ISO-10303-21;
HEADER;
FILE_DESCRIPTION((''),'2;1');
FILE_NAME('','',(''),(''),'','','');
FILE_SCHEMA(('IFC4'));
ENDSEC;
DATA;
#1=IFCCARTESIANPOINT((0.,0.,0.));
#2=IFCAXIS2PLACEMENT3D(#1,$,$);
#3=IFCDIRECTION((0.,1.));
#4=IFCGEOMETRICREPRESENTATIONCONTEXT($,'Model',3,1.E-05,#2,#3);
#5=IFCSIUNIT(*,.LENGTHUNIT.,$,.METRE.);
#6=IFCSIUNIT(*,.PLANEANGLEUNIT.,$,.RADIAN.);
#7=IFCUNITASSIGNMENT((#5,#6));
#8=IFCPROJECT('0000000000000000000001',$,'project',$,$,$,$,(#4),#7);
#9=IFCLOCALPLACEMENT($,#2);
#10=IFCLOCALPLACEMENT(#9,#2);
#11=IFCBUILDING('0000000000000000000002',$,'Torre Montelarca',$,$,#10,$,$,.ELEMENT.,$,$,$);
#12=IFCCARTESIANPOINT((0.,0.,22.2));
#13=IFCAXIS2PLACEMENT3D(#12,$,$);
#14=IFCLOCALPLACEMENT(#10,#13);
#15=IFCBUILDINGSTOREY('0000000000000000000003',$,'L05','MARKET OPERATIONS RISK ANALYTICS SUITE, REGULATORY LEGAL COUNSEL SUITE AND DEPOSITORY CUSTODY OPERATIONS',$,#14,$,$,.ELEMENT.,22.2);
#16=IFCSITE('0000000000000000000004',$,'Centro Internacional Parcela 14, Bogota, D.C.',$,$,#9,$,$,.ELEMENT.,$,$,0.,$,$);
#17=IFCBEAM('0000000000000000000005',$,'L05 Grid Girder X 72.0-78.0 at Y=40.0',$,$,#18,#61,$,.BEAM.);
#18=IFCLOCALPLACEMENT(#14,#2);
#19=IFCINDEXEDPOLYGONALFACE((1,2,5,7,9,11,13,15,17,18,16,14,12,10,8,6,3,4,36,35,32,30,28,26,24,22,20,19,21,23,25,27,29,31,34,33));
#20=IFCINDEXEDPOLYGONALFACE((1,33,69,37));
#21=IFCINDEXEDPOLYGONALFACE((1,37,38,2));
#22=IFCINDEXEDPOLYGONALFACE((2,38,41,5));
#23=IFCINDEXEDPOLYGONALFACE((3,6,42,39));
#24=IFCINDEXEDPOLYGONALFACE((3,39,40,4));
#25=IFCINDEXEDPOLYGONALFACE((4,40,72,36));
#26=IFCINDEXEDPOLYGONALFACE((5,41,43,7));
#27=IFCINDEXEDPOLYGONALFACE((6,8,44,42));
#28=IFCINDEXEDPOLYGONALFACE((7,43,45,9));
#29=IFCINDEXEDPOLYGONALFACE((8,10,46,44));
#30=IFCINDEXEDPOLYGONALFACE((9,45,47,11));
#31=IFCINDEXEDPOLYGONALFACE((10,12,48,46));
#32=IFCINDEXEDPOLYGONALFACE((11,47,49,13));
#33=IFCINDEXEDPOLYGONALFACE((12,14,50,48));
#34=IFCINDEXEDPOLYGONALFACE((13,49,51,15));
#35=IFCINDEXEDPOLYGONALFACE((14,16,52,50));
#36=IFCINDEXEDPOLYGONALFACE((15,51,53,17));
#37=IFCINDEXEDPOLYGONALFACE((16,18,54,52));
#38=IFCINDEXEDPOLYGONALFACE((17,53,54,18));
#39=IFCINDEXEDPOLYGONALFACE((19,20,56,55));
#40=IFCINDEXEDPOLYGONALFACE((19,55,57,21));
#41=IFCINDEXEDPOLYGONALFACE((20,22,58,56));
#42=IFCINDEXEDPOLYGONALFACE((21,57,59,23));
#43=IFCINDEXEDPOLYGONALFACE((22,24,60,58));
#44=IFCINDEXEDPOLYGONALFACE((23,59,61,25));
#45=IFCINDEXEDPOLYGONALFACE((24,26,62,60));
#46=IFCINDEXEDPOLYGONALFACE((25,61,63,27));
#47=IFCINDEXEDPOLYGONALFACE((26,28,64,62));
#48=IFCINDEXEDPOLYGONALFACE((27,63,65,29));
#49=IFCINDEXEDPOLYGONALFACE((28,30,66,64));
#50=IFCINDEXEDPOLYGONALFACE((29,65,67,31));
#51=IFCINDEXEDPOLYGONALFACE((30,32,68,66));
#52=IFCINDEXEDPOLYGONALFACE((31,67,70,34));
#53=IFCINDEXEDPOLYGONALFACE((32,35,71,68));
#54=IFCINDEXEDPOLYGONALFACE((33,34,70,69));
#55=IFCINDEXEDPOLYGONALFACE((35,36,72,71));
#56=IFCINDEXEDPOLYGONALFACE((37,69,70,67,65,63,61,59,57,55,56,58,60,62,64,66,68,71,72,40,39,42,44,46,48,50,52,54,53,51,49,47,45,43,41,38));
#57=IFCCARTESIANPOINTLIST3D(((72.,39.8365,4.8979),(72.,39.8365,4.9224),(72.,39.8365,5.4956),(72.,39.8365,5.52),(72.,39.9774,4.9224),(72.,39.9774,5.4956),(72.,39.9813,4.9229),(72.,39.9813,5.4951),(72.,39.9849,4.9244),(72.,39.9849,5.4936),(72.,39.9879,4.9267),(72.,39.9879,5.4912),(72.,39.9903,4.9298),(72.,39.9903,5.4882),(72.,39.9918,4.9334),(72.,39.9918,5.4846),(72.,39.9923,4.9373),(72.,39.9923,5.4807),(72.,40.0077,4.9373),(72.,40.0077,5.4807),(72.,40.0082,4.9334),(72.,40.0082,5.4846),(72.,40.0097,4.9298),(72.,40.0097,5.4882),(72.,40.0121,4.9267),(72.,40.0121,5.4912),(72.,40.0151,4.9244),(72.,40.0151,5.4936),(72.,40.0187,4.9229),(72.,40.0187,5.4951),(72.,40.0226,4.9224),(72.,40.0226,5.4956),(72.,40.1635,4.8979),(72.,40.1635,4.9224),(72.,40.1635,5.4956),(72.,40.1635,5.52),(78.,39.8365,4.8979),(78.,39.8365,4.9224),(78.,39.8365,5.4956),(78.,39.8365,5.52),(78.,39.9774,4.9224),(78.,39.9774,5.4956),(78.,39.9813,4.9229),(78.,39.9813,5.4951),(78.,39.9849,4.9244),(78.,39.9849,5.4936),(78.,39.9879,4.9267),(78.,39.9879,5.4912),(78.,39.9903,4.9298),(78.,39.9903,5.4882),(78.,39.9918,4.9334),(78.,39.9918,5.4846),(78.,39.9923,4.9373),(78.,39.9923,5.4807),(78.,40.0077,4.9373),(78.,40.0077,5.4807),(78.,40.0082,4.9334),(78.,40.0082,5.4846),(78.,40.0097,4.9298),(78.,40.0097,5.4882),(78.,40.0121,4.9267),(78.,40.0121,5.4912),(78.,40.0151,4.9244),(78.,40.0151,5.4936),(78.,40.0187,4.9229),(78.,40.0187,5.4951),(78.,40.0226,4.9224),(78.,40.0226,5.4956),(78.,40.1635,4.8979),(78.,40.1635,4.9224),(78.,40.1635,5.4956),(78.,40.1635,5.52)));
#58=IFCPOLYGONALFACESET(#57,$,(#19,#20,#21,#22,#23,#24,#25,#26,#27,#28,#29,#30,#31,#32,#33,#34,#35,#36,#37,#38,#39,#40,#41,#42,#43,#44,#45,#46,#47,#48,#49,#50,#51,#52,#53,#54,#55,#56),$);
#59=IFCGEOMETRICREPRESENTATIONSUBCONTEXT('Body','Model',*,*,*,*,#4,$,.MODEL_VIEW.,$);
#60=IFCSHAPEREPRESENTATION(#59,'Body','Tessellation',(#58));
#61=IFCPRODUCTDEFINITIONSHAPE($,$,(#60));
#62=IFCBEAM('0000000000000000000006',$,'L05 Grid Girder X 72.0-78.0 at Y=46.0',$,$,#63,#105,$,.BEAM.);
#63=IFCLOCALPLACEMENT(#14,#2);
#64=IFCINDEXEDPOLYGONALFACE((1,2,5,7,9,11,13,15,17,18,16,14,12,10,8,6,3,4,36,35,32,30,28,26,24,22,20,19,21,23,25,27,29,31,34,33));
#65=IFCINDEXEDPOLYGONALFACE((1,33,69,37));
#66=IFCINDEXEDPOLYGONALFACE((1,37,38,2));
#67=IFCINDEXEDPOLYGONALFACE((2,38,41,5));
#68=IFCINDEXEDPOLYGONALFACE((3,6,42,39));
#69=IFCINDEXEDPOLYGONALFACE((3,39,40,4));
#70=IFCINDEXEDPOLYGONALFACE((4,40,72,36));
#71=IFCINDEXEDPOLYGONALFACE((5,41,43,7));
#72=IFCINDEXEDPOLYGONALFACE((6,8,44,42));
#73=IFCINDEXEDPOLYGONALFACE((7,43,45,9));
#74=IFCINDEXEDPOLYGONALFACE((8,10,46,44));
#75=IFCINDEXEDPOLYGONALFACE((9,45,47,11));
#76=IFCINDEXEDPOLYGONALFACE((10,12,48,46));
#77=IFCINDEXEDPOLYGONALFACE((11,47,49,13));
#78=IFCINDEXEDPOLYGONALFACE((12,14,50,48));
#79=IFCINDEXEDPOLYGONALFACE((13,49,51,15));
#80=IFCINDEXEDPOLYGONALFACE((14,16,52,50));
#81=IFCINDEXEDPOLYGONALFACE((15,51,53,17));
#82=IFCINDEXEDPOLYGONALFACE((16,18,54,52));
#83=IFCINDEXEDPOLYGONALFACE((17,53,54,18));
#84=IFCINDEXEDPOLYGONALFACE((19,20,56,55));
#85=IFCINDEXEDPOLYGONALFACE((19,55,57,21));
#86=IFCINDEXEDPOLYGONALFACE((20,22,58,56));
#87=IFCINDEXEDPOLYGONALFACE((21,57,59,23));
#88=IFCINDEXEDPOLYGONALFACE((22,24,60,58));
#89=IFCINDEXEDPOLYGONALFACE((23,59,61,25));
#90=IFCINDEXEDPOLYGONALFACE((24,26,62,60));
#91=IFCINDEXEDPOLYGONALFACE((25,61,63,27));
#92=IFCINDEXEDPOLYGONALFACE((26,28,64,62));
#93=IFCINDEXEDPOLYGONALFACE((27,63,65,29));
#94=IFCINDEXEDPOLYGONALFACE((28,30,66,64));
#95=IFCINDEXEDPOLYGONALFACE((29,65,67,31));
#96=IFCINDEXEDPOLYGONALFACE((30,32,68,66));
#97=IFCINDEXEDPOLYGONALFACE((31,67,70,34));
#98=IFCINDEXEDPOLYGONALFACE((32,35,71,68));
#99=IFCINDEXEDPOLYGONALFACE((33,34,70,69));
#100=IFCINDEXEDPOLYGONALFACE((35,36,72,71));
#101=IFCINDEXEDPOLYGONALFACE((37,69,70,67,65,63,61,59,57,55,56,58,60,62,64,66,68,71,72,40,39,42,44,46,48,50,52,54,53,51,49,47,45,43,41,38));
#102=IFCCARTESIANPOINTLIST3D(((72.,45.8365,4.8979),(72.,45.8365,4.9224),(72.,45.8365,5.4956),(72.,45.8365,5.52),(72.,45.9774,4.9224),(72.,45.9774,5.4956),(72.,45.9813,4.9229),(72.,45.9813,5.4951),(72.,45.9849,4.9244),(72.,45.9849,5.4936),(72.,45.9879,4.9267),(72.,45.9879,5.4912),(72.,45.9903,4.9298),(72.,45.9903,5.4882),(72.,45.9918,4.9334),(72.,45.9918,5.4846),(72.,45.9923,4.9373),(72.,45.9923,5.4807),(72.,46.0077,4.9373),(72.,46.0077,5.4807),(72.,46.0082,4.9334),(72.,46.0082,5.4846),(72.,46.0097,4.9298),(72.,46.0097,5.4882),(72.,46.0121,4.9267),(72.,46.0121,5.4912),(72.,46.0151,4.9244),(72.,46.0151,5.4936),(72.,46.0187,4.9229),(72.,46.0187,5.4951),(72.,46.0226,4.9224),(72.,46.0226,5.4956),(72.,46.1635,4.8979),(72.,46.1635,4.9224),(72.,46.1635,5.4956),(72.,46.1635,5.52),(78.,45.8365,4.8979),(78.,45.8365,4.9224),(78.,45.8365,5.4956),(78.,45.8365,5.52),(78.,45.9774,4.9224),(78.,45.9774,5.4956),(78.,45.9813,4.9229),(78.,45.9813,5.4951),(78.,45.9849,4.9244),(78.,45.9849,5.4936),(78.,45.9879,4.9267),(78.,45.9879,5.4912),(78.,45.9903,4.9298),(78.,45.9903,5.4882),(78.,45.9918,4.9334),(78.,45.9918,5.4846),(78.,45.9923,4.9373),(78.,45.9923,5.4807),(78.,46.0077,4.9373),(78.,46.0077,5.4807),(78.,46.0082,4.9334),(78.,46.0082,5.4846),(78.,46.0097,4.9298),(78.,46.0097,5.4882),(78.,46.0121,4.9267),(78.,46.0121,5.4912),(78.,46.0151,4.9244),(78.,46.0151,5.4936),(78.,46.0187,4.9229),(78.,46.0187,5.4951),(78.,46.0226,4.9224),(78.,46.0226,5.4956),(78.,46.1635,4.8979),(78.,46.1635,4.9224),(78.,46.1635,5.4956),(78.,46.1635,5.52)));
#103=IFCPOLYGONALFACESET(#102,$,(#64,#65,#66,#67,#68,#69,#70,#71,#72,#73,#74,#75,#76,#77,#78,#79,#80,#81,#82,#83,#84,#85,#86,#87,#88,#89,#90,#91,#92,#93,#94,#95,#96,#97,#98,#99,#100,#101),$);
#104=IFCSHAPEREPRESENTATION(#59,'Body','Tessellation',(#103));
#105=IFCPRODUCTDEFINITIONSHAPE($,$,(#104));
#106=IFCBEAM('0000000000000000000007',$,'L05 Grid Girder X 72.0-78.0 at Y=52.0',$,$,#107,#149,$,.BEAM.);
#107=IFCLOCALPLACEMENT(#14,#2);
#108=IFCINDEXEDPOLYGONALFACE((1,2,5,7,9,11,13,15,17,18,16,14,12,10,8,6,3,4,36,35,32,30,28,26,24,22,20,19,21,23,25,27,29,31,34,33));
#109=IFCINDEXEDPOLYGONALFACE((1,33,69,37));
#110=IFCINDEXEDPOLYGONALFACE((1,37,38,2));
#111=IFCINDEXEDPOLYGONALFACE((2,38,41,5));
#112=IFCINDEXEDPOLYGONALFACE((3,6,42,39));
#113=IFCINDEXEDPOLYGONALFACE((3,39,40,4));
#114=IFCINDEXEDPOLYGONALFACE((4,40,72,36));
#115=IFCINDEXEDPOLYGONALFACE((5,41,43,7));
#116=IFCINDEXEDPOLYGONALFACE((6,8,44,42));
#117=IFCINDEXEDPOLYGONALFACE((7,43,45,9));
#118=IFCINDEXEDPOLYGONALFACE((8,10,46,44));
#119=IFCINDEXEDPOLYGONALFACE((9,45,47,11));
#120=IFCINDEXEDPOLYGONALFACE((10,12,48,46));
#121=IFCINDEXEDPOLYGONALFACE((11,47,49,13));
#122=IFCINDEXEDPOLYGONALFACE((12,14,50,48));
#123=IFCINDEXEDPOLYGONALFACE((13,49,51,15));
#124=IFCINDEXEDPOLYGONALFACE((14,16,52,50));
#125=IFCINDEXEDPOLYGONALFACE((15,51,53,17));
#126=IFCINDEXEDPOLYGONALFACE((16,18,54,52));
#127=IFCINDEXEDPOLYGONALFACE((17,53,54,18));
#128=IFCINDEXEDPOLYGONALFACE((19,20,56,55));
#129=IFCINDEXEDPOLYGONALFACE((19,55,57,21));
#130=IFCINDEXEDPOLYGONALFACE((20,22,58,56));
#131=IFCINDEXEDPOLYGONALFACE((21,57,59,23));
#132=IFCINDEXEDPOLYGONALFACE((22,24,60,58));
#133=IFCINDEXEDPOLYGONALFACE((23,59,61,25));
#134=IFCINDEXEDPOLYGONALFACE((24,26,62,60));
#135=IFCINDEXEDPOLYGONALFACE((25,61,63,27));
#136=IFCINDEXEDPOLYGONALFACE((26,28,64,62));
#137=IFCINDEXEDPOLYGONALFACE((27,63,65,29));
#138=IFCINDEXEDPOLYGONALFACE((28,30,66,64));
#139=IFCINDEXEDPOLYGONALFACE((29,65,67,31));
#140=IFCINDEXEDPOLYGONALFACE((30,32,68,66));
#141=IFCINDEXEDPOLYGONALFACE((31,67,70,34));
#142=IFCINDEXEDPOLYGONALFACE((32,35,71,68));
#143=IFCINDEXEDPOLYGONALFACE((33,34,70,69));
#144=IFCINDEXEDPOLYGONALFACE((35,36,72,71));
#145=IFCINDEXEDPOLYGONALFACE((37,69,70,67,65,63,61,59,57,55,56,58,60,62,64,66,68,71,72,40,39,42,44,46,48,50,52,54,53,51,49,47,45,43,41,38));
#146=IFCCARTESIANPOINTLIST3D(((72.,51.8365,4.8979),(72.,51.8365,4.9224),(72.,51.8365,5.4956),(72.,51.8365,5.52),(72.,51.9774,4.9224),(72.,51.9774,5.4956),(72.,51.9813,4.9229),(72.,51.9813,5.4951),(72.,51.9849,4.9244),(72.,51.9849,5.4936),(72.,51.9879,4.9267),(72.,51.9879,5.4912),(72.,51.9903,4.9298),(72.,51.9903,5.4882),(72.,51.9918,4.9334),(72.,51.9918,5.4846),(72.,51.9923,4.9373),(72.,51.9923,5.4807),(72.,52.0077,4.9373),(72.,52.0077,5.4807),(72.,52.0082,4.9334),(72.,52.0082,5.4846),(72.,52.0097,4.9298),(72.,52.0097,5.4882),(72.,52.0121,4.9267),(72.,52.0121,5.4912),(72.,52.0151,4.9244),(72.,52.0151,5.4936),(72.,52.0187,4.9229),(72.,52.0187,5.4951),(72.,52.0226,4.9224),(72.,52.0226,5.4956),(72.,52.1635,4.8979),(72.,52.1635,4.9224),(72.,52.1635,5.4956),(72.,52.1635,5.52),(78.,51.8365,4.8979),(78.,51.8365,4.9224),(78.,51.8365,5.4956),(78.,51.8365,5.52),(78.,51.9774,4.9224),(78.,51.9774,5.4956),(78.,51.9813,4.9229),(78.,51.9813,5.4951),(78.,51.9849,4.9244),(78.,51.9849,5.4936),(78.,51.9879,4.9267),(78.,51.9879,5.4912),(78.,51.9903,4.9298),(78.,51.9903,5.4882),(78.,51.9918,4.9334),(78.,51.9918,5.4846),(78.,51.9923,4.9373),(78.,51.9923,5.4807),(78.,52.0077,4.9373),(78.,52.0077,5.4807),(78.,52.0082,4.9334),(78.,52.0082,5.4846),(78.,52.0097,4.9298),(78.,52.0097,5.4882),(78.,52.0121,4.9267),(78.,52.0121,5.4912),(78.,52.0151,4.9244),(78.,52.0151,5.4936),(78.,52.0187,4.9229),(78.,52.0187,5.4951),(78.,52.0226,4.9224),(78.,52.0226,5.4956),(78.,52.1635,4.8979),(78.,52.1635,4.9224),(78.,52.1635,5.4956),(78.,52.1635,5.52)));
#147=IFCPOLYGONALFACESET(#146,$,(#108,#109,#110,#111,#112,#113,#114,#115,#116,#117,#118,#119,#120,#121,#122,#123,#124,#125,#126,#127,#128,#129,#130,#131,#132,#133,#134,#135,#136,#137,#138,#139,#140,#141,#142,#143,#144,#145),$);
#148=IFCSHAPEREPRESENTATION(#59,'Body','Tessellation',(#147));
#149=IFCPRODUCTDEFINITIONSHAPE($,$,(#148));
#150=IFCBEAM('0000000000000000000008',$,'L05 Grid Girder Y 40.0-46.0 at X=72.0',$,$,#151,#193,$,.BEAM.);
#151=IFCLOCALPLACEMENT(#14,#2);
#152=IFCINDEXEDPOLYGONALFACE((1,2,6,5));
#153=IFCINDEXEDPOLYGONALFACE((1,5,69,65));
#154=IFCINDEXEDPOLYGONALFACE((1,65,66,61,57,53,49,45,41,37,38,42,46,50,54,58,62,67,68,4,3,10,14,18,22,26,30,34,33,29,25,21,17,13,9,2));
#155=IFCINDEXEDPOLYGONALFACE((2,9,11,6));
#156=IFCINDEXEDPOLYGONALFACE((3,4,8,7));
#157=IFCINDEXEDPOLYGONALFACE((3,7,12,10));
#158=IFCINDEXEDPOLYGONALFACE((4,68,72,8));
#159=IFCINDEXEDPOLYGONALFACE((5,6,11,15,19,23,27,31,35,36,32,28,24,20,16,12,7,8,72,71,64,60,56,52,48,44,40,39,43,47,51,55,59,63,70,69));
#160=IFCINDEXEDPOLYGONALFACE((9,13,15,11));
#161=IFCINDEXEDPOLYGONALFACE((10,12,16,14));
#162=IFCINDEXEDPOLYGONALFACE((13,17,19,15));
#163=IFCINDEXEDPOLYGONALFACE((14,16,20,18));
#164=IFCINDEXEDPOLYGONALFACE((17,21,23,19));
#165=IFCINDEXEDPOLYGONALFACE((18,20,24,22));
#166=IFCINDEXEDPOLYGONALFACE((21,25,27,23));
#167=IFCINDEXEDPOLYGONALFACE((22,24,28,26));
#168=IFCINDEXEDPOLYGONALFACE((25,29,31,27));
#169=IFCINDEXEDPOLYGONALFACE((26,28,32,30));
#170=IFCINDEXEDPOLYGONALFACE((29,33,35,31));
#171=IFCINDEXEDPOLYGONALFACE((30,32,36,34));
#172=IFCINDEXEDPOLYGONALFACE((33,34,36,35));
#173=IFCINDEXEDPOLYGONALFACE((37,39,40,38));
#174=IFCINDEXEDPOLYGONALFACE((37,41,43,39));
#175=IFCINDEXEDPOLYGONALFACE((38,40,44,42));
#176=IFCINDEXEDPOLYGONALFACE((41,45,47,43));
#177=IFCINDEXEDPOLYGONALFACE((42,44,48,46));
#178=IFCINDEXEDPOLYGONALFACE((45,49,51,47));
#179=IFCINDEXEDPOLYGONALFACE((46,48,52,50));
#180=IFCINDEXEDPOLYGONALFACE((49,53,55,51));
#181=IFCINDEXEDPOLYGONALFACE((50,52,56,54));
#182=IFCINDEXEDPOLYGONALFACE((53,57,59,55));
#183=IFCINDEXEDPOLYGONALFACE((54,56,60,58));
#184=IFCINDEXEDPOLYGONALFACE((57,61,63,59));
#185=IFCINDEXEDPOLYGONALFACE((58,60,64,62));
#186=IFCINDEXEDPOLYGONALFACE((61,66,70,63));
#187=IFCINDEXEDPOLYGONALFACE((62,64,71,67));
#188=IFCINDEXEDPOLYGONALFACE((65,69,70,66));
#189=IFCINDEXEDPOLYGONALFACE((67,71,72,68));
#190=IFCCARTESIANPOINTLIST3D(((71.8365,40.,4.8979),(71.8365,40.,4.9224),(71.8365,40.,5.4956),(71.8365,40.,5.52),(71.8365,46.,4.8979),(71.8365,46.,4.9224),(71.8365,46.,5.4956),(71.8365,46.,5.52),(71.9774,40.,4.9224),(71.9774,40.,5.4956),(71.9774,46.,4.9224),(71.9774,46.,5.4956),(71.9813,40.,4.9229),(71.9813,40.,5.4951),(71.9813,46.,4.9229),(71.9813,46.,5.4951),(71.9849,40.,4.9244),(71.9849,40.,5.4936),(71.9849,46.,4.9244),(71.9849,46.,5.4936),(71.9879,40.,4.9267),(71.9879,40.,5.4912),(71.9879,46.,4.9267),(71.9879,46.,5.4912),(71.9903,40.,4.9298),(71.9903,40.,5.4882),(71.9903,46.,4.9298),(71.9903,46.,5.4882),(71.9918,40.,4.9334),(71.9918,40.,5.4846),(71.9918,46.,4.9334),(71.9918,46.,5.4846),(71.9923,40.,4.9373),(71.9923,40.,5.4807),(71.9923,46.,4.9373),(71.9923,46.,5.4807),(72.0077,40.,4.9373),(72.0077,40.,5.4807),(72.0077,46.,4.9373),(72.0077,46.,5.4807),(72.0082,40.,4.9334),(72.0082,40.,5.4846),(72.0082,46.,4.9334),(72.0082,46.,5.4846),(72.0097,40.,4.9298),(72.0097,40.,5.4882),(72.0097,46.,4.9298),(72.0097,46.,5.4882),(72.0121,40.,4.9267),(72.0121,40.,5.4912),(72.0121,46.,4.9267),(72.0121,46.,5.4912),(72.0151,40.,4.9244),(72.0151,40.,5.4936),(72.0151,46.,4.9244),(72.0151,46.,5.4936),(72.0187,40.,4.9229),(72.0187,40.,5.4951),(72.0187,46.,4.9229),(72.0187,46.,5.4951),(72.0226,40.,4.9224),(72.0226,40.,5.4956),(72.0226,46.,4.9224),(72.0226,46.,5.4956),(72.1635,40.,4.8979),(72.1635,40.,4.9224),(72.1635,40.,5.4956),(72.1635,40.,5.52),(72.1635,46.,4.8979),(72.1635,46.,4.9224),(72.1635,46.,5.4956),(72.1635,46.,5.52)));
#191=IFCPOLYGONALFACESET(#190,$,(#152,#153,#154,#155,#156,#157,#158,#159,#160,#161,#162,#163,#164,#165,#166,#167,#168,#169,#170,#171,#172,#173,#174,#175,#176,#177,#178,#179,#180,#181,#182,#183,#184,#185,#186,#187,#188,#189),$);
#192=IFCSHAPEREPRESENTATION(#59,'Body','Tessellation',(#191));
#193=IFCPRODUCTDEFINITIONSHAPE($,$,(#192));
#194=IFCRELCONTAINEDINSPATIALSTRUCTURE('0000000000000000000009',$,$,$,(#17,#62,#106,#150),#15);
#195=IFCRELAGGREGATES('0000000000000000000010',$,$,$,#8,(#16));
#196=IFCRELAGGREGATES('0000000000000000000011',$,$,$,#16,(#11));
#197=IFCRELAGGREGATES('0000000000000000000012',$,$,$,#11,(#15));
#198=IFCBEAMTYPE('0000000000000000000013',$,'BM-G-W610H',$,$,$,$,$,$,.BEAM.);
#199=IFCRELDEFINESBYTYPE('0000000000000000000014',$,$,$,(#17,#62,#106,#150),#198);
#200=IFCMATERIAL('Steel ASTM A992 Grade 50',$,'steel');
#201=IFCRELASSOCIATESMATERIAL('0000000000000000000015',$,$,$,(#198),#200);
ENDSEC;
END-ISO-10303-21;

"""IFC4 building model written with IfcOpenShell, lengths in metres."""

from ifc_helpers import new_model, si_unit, direction, frame, origin, origin_2d, place, context, subcontext, project, spatial, i_section, extrude, source, transform, mapped, material, material_profile, profile_set, type_object, element, save


model = new_model("IFC4")

# Units and contexts
model_context = context("Model", 3, precision=1e-05, world=origin(), true_north=direction((0.0, 1.0)))
body_context = subcontext(model_context, "Body", "Model", "MODEL_VIEW")
ifc_project = project(units=[si_unit("LENGTHUNIT", "METRE"), si_unit("PLANEANGLEUNIT", "RADIAN")], contexts=[model_context])

# Site, building, storey
site_placement = place(None, origin())
site = spatial("IfcSite", under=ifc_project, at=site_placement, Name="Centro Internacional Parcela 14, Bogota, D.C.", CompositionType="ELEMENT", RefElevation=0.0)
building_placement = place(site_placement, origin())
building = spatial("IfcBuilding", under=site, at=building_placement, Name="Torre Montelarca", CompositionType="ELEMENT")
storey_placement = place(building_placement, frame((0.0, 0.0, 22.2)))
storey = spatial("IfcBuildingStorey", under=building, at=storey_placement, Name="L05", Description="MARKET OPERATIONS RISK ANALYTICS SUITE, REGULATORY LEGAL COUNSEL SUITE AND DEPOSITORY CUSTODY OPERATIONS", CompositionType="ELEMENT", Elevation=22.2)

# Shared definitions
ifc_material_1 = material(Name="Steel ASTM A992 Grade 50", Category="steel")

# Beams
ifc_material_profile_1 = material_profile(ifc_material_1, i_section(OverallWidth=0.3269, OverallDepth=0.6221, WebThickness=0.0154, FlangeThickness=0.0244, FilletRadius=0.0149, at=origin_2d()), Name="W610X195", Category="steel")
ifc_profile_set_1 = profile_set([ifc_material_profile_1], Name="Steel ASTM A992 Grade 50")
beam_type_1 = type_object("IfcBeamType", Name="BM-G-W610H", PredefinedType="BEAM", material=ifc_profile_set_1)
shared_shape_1 = source(origin(), body_context, "Body", "SweptSolid", [
    extrude(i_section(OverallWidth=0.3269, OverallDepth=0.6221, WebThickness=0.0154, FlangeThickness=0.0244, FilletRadius=0.0149, at=origin_2d()), origin(), (0.0, 0.0, 1.0), 6.0),
])
for number, where, z_axis, x_axis, name in (
    (1, (72.0, 40.0, 5.209), (1.0, 0.0, 0.0), (0.0, 1.0, 0.0), "L05 Grid Girder X 72.0-78.0 at Y=40.0"),
    (2, (72.0, 46.0, 5.209), (1.0, 0.0, 0.0), (0.0, 1.0, 0.0), "L05 Grid Girder X 72.0-78.0 at Y=46.0"),
    (3, (72.0, 52.0, 5.209), (1.0, 0.0, 0.0), (0.0, 1.0, 0.0), "L05 Grid Girder X 72.0-78.0 at Y=52.0"),
    (4, (72.0, 40.0, 5.209), (0.0, 1.0, 0.0), (-1.0, 0.0, 0.0), "L05 Grid Girder Y 40.0-46.0 at X=72.0"),
):
    element("IfcBeam", number, at=place(storey_placement, frame(where, z_axis=z_axis, x_axis=x_axis)), inside=storey, type_object=beam_type_1, Name=name, PredefinedType="BEAM", context=body_context, shape_type="MappedRepresentation", body=[
        mapped(shared_shape_1, transform((0.0, 0.0, 0.0), scale=1.0)),
    ])

save(model, "model.ifc")
